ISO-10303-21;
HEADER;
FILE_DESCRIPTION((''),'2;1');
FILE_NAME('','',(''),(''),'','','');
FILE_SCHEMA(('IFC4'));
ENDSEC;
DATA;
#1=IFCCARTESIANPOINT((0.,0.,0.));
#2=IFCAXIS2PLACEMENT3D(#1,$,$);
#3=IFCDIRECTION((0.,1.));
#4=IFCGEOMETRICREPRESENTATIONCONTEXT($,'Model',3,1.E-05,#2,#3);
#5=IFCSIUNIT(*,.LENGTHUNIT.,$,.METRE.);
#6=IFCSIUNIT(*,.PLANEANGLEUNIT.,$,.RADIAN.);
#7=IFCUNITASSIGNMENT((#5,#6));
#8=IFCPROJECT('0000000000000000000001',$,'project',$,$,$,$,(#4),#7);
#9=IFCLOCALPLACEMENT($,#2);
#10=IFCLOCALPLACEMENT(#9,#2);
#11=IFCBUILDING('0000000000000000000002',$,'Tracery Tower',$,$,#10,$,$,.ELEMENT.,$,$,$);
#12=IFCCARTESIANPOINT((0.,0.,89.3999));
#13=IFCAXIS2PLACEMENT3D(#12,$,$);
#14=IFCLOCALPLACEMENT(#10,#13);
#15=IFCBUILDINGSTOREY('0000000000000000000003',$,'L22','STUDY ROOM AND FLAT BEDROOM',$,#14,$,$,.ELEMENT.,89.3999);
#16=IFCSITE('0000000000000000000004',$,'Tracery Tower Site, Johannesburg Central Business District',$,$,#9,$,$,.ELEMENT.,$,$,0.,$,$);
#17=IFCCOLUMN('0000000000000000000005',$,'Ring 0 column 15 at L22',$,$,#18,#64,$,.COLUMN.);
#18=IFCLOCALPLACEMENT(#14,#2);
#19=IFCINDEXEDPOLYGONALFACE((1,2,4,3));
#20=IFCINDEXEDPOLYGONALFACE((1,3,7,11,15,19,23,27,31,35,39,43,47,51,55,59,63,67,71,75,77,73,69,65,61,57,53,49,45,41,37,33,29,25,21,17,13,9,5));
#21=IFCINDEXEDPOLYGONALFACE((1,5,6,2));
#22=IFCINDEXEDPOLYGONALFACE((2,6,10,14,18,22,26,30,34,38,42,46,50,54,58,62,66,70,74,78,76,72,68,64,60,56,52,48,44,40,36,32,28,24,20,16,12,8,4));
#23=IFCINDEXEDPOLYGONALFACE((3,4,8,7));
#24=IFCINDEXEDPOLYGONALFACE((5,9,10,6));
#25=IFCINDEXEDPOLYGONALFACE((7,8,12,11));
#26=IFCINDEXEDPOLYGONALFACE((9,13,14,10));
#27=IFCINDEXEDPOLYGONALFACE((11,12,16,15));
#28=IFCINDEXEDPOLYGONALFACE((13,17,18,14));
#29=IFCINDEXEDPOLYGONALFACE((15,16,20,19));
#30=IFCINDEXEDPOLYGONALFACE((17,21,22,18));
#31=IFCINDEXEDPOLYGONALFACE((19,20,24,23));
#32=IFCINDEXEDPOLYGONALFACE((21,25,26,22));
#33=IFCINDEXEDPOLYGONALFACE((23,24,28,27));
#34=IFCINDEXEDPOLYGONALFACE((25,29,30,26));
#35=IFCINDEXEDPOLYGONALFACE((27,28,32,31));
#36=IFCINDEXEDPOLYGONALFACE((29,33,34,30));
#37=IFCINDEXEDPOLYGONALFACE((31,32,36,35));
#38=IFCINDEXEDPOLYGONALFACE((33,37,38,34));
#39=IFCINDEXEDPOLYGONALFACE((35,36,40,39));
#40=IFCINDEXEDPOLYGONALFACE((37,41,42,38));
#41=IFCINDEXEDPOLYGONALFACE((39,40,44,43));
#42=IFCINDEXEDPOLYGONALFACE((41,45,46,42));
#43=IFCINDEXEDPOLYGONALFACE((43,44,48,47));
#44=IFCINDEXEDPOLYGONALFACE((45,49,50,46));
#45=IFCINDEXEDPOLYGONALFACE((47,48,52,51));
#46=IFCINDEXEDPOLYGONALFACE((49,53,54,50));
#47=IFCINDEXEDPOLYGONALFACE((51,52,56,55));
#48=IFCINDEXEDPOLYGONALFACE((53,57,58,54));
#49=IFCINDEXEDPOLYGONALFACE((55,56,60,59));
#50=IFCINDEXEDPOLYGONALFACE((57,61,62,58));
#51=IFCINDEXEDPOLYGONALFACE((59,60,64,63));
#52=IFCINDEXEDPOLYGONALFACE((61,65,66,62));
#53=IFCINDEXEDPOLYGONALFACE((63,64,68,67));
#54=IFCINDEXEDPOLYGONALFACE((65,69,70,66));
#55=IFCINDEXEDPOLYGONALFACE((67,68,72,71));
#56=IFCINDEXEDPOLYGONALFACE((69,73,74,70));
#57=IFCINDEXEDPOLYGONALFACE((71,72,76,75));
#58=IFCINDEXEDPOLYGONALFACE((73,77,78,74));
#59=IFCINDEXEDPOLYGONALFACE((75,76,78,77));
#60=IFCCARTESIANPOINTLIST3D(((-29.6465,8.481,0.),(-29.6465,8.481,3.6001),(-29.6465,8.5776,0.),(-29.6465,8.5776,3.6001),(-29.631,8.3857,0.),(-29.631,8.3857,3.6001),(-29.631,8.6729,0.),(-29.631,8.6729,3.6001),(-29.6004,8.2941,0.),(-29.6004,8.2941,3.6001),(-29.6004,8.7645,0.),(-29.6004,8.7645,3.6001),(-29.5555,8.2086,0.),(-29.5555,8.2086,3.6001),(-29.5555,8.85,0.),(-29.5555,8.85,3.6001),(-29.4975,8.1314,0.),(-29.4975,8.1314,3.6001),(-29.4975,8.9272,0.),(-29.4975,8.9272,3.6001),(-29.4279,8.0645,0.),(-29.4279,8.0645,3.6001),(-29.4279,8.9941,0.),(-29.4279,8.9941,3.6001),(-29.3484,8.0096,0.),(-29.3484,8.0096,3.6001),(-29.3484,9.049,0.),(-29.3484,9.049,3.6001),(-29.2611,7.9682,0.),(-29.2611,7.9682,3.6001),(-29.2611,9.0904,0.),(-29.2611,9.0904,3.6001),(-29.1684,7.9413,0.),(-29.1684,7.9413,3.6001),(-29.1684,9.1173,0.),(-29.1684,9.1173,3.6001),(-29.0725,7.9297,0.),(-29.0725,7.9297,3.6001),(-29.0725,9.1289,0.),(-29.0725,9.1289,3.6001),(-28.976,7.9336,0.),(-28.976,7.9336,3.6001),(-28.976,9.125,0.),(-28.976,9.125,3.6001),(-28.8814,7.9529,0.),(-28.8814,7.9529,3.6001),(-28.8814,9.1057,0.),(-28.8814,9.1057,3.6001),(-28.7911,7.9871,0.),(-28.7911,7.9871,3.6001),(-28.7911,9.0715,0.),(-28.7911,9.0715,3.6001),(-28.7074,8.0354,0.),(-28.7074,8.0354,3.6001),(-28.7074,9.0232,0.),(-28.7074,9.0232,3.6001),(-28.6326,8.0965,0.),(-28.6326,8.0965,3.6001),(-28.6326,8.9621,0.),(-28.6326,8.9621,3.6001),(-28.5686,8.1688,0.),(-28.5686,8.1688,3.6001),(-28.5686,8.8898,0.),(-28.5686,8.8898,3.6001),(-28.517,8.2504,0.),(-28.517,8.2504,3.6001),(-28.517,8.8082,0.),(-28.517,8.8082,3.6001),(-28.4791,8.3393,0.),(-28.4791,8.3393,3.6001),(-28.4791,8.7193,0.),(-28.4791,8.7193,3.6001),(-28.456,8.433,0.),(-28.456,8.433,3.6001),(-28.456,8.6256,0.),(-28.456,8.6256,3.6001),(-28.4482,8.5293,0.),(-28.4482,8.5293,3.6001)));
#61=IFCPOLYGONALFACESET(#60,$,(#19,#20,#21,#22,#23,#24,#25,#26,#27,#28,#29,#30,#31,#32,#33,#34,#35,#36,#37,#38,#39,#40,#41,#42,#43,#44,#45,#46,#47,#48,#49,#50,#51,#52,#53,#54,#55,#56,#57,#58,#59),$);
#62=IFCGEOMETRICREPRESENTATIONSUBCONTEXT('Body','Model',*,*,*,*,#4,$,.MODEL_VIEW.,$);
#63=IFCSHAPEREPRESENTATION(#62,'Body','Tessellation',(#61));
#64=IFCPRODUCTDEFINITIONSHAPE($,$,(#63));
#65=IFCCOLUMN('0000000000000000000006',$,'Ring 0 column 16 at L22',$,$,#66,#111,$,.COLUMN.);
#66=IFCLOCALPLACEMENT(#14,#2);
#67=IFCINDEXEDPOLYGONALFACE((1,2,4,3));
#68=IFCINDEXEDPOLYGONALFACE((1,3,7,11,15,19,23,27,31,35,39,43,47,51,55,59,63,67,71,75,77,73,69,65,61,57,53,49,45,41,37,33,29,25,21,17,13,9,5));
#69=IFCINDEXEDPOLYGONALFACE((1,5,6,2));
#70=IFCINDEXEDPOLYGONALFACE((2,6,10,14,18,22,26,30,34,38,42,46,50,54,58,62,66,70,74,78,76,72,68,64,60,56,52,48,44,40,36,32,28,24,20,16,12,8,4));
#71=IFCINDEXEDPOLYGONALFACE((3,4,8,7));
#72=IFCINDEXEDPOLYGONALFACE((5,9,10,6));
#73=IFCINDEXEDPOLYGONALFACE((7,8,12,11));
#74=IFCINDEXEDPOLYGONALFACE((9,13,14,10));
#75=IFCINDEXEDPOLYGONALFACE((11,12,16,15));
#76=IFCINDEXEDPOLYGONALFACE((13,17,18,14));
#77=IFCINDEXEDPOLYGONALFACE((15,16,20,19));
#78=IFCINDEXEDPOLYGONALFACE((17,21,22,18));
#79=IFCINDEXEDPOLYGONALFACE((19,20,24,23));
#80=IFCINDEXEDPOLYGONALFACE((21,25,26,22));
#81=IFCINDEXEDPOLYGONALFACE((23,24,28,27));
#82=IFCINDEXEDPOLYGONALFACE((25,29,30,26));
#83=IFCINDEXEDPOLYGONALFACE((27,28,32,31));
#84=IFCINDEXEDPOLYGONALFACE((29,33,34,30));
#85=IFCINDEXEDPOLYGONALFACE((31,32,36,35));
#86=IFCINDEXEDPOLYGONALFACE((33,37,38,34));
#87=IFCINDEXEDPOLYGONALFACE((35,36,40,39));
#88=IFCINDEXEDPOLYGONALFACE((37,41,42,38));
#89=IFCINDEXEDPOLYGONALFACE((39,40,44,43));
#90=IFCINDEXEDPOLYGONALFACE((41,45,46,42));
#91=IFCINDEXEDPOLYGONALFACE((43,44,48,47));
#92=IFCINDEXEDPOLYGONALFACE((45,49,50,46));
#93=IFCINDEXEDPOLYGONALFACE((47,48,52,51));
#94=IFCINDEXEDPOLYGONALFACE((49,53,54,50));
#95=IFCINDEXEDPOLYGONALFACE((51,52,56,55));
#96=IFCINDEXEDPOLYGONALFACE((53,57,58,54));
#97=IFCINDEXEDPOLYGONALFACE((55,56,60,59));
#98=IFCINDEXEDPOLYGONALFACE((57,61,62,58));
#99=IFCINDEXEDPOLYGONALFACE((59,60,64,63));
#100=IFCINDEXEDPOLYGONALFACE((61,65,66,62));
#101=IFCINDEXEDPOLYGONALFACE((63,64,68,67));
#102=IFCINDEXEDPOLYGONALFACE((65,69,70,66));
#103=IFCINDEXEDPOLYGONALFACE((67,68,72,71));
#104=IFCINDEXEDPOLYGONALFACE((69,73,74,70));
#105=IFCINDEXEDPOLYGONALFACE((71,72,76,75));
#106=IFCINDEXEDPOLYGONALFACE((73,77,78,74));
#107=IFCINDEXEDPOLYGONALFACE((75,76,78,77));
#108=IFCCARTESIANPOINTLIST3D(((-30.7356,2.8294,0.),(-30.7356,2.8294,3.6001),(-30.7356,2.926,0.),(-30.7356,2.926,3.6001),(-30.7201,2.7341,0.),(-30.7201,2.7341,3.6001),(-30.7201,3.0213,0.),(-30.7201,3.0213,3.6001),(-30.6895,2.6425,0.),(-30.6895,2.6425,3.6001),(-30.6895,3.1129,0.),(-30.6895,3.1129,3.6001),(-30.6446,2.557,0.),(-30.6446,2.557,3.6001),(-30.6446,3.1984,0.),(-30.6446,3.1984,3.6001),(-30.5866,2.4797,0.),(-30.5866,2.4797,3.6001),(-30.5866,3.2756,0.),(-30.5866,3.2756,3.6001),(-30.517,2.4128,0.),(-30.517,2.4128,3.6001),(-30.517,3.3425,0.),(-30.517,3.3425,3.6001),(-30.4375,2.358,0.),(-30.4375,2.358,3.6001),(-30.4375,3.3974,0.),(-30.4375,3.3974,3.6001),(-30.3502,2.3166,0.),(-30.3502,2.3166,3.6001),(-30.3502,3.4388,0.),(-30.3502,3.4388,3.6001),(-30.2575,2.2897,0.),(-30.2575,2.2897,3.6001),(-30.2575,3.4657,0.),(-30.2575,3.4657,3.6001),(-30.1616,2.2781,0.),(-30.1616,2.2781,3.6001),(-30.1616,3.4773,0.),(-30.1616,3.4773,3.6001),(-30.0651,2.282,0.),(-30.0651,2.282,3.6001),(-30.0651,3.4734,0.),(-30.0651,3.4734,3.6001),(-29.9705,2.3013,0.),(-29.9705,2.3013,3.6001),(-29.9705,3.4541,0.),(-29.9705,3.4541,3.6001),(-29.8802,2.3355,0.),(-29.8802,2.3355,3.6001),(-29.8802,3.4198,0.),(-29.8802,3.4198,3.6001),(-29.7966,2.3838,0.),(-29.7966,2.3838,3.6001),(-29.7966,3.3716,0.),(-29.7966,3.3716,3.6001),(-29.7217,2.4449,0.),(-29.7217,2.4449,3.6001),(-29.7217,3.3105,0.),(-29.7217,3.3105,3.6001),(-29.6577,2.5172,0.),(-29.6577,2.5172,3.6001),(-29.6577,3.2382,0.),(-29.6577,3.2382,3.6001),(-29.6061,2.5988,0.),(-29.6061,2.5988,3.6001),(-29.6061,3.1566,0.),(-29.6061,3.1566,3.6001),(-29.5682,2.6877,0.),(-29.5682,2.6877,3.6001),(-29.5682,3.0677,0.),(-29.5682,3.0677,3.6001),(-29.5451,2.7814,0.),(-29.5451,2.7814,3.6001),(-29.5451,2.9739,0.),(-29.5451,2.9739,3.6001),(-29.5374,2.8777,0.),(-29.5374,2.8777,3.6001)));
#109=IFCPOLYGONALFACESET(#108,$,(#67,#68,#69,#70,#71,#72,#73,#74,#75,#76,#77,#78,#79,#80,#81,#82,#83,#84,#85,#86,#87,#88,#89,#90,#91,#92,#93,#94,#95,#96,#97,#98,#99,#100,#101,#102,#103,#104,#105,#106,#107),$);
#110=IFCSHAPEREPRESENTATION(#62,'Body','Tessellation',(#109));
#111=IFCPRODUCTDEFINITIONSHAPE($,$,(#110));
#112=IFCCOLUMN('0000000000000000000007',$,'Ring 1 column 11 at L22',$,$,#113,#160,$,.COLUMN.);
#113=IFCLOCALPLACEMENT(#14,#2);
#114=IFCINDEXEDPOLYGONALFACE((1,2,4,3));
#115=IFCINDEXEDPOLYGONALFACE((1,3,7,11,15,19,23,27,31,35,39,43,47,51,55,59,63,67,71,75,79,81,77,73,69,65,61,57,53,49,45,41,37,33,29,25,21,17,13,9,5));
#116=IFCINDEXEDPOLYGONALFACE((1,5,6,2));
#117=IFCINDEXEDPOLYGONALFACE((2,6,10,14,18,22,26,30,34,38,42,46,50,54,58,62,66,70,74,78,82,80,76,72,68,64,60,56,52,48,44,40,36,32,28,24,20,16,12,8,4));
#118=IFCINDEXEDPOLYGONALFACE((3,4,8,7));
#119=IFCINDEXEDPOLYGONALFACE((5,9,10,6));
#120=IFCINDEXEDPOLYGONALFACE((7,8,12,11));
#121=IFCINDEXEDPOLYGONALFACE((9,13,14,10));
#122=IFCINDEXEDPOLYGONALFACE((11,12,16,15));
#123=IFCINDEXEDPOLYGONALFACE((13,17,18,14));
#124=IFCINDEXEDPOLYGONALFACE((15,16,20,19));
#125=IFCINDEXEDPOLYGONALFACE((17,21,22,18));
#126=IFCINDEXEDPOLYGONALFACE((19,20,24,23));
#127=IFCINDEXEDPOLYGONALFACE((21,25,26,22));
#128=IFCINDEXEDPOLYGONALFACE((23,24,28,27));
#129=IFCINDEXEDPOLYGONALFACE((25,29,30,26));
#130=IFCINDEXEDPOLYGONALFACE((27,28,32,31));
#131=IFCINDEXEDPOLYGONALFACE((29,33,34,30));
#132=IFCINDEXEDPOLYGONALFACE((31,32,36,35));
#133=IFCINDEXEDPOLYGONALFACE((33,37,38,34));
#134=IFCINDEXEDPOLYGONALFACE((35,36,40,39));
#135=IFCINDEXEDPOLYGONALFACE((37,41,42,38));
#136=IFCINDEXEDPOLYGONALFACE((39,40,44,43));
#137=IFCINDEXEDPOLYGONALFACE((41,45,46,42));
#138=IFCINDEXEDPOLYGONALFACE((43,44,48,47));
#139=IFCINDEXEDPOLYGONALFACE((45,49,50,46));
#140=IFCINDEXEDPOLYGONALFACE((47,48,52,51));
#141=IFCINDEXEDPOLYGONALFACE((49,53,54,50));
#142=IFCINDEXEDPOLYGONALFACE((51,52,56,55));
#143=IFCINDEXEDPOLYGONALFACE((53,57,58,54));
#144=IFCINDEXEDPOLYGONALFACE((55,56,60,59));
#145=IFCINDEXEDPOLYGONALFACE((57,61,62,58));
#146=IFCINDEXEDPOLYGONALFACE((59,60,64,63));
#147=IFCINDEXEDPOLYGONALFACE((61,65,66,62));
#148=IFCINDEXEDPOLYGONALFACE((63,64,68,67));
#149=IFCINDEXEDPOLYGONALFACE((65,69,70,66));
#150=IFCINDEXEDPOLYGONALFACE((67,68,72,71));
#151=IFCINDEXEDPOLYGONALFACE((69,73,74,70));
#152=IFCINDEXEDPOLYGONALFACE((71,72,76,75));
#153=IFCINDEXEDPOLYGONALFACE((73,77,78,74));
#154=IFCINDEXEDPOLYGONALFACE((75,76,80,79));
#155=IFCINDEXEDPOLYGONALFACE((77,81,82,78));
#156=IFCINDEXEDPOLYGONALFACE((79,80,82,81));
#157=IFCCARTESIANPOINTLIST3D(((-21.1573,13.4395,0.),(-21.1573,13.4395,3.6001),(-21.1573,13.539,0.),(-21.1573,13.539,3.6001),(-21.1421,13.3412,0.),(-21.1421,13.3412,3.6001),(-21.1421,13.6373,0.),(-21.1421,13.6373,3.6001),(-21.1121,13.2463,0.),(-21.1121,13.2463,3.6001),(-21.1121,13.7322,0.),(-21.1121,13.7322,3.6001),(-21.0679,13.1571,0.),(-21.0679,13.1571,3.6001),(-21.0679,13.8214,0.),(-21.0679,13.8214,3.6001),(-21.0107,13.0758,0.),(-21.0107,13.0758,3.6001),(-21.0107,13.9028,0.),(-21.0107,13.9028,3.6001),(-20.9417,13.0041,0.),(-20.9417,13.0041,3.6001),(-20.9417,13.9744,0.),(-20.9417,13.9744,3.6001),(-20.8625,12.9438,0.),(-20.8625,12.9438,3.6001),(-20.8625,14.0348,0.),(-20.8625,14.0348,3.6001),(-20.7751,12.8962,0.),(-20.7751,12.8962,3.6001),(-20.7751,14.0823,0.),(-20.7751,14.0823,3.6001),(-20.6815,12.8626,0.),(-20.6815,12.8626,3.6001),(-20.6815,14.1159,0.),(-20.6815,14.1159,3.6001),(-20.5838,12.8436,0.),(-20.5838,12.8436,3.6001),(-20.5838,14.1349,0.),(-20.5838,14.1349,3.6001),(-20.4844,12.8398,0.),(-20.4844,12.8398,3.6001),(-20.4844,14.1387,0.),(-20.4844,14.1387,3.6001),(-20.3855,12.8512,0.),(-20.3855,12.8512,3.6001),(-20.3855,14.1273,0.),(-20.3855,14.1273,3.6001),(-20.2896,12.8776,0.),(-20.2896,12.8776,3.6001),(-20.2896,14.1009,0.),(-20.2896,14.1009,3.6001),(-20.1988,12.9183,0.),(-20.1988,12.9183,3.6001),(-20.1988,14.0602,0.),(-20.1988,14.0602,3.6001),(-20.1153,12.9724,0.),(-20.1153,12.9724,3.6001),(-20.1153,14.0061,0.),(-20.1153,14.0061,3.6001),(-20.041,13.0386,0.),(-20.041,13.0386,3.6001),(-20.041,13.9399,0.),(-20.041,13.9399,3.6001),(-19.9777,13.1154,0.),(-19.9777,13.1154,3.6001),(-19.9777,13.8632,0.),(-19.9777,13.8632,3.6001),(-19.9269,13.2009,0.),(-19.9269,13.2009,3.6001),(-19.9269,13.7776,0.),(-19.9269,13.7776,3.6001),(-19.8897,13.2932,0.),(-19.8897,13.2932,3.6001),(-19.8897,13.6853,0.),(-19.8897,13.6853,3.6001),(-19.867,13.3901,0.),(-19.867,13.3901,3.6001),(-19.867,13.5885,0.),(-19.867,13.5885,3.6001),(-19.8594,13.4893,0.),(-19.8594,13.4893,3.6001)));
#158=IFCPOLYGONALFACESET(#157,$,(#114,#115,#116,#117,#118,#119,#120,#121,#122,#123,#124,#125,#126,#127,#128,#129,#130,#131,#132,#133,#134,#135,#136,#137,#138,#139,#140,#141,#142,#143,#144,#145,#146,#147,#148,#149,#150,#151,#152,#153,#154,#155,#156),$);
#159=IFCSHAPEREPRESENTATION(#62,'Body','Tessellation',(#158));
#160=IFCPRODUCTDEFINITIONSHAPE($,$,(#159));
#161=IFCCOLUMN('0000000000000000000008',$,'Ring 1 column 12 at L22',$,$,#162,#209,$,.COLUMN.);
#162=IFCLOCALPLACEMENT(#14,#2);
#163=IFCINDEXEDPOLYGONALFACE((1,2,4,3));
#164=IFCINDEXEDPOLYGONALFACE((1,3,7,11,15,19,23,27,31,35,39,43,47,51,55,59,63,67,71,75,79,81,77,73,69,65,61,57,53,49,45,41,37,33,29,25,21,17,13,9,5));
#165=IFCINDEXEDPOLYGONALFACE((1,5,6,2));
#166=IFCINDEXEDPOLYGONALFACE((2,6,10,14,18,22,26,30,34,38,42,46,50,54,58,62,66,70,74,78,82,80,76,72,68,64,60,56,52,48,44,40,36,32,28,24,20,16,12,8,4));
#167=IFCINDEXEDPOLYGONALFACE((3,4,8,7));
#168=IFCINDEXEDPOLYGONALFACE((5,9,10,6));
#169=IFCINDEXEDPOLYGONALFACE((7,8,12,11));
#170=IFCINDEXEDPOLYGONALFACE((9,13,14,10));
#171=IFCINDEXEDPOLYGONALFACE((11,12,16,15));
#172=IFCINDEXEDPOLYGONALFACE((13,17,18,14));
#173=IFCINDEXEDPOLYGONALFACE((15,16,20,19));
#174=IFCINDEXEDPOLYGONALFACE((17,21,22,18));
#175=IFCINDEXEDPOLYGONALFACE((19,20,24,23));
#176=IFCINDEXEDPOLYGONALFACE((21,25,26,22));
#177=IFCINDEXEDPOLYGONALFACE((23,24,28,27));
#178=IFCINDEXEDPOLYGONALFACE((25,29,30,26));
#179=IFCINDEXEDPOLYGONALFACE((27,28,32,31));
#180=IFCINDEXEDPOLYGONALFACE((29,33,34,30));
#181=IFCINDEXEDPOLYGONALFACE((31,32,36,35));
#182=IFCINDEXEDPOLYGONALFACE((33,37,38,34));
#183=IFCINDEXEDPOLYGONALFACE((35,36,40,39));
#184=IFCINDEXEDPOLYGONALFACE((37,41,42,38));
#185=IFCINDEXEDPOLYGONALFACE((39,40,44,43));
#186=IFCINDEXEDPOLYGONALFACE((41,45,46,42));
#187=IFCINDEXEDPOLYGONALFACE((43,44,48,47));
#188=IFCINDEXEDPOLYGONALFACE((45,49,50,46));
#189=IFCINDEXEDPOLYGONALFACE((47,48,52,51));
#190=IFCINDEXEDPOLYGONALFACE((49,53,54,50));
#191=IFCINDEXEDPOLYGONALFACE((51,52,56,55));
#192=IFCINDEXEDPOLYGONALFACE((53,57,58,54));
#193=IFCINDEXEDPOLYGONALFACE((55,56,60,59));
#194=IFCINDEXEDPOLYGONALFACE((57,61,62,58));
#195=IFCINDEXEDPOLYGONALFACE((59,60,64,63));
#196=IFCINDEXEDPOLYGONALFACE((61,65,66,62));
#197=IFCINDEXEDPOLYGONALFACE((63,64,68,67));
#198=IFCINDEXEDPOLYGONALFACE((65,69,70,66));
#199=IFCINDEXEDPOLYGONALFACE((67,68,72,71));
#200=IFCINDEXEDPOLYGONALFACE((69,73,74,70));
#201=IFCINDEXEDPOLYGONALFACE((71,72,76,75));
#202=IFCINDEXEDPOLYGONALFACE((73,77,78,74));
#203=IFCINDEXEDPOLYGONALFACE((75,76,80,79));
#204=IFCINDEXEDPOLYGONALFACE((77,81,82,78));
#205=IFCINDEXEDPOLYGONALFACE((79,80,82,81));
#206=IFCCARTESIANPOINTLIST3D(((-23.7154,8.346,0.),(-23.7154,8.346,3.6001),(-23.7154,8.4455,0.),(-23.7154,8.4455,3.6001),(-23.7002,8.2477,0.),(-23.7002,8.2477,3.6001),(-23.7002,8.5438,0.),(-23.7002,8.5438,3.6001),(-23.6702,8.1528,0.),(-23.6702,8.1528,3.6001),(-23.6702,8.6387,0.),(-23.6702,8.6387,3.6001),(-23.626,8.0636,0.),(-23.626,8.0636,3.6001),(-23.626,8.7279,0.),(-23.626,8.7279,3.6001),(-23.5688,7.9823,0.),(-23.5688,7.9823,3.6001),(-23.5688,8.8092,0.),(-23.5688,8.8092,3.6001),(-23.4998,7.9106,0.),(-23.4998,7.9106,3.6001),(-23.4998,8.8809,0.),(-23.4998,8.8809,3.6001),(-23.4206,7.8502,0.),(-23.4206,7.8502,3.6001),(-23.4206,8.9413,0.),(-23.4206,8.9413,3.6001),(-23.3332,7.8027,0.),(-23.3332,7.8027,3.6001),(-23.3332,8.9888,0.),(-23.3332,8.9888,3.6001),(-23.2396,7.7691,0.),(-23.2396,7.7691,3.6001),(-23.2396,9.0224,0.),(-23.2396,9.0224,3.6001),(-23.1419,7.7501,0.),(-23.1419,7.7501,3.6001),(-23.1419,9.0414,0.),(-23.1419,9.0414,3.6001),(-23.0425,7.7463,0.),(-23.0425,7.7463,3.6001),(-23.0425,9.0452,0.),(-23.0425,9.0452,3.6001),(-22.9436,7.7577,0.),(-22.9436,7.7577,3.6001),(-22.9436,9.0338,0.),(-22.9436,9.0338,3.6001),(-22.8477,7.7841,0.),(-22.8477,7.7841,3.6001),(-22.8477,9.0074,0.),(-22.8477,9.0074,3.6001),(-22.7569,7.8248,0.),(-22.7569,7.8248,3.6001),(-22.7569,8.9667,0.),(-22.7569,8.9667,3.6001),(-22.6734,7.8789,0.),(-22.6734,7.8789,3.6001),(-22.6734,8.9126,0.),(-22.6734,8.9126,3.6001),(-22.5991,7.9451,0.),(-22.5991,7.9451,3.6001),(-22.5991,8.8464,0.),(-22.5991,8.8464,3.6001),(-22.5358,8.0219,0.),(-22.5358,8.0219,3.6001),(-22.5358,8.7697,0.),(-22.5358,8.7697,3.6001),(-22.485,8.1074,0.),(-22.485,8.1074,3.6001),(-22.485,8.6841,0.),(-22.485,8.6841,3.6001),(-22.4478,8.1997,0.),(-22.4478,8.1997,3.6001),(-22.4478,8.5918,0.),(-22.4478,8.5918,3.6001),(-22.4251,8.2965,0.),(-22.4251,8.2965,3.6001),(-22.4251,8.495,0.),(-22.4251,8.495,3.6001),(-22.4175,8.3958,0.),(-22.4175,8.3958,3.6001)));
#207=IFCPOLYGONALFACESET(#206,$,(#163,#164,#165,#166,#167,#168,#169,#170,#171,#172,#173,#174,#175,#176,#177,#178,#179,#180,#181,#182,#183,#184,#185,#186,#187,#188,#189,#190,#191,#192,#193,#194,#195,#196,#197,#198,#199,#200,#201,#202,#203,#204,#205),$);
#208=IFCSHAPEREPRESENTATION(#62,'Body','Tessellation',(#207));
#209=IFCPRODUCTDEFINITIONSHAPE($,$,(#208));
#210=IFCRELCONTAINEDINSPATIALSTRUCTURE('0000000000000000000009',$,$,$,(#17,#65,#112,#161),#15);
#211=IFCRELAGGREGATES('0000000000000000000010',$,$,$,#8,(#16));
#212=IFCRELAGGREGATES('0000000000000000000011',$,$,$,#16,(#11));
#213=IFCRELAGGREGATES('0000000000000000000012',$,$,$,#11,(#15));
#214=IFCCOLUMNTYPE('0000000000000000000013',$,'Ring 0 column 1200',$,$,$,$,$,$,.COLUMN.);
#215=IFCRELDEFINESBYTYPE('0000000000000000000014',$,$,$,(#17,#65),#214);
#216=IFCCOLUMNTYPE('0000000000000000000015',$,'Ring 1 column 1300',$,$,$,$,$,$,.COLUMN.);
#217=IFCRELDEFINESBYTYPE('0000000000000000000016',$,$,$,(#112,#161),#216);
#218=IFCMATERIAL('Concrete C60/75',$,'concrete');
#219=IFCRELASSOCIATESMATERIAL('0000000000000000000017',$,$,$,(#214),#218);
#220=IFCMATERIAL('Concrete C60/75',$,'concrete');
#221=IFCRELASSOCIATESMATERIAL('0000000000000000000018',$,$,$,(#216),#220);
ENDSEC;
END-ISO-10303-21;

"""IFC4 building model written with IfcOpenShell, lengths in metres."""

from ifc_helpers import new_model, si_unit, direction, frame, origin, origin_2d, place, context, subcontext, project, spatial, circle, extrude, material, material_profile, profile_set, type_object, element, save


model = new_model("IFC4")

# Units and contexts
model_context = context("Model", 3, precision=1e-05, world=origin(), true_north=direction((0.0, 1.0)))
body_context = subcontext(model_context, "Body", "Model", "MODEL_VIEW")
ifc_project = project(units=[si_unit("LENGTHUNIT", "METRE"), si_unit("PLANEANGLEUNIT", "RADIAN")], contexts=[model_context])

# Site, building, storey
site_placement = place(None, origin())
site = spatial("IfcSite", under=ifc_project, at=site_placement, Name="Tracery Tower Site, Johannesburg Central Business District", CompositionType="ELEMENT", RefElevation=0.0)
building_placement = place(site_placement, origin())
building = spatial("IfcBuilding", under=site, at=building_placement, Name="Tracery Tower", CompositionType="ELEMENT")
storey_placement = place(building_placement, frame((0.0, 0.0, 89.3999)))
storey = spatial("IfcBuildingStorey", under=building, at=storey_placement, Name="L22", Description="STUDY ROOM AND FLAT BEDROOM", CompositionType="ELEMENT", Elevation=89.3999)

# Columns
ifc_material_1 = material(Name="Concrete C60/75", Category="concrete")
ifc_material_profile_1 = material_profile(ifc_material_1, circle(Radius=0.6001, at=origin_2d()), Name="RC D1200")
ifc_profile_set_1 = profile_set([ifc_material_profile_1], Name="Concrete C60/75")
column_type_1 = type_object("IfcColumnType", Name="Ring 0 column 1200", PredefinedType="COLUMN", material=ifc_profile_set_1)
for number, where, z_axis, x_axis, name in (
    (1, (-29.0483, 8.5293, 0.0), (0.0, 0.0, 1.0), (1.0, 0.0, 0.0), "Ring 0 column 15 at L22"),
    (2, (-30.1375, 2.8777, 0.0), (0.0, 0.0, 1.0), (1.0, 0.0, 0.0), "Ring 0 column 16 at L22"),
):
    element("IfcColumn", number, at=place(storey_placement, frame(where, z_axis=z_axis, x_axis=x_axis)), inside=storey, type_object=column_type_1, Name=name, PredefinedType="COLUMN", context=body_context, shape_type="SweptSolid", body=[
        extrude(circle(Radius=0.6001, at=origin_2d()), origin(), (0.0, 0.0, 1.0), 3.6001),
    ])
ifc_material_2 = material(Name="Concrete C60/75", Category="concrete")
ifc_material_profile_2 = material_profile(ifc_material_2, circle(Radius=0.6499, at=origin_2d()), Name="RC D1300")
ifc_profile_set_2 = profile_set([ifc_material_profile_2], Name="Concrete C60/75")
column_type_2 = type_object("IfcColumnType", Name="Ring 1 column 1300", PredefinedType="COLUMN", material=ifc_profile_set_2)
for number, where, z_axis, x_axis, name in (
    (3, (-20.5093, 13.4893, 0.0), (0.0, 0.0, 1.0), (1.0, 0.0, 0.0), "Ring 1 column 11 at L22"),
    (4, (-23.0674, 8.3958, 0.0), (0.0, 0.0, 1.0), (1.0, 0.0, 0.0), "Ring 1 column 12 at L22"),
):
    element("IfcColumn", number, at=place(storey_placement, frame(where, z_axis=z_axis, x_axis=x_axis)), inside=storey, type_object=column_type_2, Name=name, PredefinedType="COLUMN", context=body_context, shape_type="SweptSolid", body=[
        extrude(circle(Radius=0.6499, at=origin_2d()), origin(), (0.0, 0.0, 1.0), 3.6001),
    ])

save(model, "model.ifc")
